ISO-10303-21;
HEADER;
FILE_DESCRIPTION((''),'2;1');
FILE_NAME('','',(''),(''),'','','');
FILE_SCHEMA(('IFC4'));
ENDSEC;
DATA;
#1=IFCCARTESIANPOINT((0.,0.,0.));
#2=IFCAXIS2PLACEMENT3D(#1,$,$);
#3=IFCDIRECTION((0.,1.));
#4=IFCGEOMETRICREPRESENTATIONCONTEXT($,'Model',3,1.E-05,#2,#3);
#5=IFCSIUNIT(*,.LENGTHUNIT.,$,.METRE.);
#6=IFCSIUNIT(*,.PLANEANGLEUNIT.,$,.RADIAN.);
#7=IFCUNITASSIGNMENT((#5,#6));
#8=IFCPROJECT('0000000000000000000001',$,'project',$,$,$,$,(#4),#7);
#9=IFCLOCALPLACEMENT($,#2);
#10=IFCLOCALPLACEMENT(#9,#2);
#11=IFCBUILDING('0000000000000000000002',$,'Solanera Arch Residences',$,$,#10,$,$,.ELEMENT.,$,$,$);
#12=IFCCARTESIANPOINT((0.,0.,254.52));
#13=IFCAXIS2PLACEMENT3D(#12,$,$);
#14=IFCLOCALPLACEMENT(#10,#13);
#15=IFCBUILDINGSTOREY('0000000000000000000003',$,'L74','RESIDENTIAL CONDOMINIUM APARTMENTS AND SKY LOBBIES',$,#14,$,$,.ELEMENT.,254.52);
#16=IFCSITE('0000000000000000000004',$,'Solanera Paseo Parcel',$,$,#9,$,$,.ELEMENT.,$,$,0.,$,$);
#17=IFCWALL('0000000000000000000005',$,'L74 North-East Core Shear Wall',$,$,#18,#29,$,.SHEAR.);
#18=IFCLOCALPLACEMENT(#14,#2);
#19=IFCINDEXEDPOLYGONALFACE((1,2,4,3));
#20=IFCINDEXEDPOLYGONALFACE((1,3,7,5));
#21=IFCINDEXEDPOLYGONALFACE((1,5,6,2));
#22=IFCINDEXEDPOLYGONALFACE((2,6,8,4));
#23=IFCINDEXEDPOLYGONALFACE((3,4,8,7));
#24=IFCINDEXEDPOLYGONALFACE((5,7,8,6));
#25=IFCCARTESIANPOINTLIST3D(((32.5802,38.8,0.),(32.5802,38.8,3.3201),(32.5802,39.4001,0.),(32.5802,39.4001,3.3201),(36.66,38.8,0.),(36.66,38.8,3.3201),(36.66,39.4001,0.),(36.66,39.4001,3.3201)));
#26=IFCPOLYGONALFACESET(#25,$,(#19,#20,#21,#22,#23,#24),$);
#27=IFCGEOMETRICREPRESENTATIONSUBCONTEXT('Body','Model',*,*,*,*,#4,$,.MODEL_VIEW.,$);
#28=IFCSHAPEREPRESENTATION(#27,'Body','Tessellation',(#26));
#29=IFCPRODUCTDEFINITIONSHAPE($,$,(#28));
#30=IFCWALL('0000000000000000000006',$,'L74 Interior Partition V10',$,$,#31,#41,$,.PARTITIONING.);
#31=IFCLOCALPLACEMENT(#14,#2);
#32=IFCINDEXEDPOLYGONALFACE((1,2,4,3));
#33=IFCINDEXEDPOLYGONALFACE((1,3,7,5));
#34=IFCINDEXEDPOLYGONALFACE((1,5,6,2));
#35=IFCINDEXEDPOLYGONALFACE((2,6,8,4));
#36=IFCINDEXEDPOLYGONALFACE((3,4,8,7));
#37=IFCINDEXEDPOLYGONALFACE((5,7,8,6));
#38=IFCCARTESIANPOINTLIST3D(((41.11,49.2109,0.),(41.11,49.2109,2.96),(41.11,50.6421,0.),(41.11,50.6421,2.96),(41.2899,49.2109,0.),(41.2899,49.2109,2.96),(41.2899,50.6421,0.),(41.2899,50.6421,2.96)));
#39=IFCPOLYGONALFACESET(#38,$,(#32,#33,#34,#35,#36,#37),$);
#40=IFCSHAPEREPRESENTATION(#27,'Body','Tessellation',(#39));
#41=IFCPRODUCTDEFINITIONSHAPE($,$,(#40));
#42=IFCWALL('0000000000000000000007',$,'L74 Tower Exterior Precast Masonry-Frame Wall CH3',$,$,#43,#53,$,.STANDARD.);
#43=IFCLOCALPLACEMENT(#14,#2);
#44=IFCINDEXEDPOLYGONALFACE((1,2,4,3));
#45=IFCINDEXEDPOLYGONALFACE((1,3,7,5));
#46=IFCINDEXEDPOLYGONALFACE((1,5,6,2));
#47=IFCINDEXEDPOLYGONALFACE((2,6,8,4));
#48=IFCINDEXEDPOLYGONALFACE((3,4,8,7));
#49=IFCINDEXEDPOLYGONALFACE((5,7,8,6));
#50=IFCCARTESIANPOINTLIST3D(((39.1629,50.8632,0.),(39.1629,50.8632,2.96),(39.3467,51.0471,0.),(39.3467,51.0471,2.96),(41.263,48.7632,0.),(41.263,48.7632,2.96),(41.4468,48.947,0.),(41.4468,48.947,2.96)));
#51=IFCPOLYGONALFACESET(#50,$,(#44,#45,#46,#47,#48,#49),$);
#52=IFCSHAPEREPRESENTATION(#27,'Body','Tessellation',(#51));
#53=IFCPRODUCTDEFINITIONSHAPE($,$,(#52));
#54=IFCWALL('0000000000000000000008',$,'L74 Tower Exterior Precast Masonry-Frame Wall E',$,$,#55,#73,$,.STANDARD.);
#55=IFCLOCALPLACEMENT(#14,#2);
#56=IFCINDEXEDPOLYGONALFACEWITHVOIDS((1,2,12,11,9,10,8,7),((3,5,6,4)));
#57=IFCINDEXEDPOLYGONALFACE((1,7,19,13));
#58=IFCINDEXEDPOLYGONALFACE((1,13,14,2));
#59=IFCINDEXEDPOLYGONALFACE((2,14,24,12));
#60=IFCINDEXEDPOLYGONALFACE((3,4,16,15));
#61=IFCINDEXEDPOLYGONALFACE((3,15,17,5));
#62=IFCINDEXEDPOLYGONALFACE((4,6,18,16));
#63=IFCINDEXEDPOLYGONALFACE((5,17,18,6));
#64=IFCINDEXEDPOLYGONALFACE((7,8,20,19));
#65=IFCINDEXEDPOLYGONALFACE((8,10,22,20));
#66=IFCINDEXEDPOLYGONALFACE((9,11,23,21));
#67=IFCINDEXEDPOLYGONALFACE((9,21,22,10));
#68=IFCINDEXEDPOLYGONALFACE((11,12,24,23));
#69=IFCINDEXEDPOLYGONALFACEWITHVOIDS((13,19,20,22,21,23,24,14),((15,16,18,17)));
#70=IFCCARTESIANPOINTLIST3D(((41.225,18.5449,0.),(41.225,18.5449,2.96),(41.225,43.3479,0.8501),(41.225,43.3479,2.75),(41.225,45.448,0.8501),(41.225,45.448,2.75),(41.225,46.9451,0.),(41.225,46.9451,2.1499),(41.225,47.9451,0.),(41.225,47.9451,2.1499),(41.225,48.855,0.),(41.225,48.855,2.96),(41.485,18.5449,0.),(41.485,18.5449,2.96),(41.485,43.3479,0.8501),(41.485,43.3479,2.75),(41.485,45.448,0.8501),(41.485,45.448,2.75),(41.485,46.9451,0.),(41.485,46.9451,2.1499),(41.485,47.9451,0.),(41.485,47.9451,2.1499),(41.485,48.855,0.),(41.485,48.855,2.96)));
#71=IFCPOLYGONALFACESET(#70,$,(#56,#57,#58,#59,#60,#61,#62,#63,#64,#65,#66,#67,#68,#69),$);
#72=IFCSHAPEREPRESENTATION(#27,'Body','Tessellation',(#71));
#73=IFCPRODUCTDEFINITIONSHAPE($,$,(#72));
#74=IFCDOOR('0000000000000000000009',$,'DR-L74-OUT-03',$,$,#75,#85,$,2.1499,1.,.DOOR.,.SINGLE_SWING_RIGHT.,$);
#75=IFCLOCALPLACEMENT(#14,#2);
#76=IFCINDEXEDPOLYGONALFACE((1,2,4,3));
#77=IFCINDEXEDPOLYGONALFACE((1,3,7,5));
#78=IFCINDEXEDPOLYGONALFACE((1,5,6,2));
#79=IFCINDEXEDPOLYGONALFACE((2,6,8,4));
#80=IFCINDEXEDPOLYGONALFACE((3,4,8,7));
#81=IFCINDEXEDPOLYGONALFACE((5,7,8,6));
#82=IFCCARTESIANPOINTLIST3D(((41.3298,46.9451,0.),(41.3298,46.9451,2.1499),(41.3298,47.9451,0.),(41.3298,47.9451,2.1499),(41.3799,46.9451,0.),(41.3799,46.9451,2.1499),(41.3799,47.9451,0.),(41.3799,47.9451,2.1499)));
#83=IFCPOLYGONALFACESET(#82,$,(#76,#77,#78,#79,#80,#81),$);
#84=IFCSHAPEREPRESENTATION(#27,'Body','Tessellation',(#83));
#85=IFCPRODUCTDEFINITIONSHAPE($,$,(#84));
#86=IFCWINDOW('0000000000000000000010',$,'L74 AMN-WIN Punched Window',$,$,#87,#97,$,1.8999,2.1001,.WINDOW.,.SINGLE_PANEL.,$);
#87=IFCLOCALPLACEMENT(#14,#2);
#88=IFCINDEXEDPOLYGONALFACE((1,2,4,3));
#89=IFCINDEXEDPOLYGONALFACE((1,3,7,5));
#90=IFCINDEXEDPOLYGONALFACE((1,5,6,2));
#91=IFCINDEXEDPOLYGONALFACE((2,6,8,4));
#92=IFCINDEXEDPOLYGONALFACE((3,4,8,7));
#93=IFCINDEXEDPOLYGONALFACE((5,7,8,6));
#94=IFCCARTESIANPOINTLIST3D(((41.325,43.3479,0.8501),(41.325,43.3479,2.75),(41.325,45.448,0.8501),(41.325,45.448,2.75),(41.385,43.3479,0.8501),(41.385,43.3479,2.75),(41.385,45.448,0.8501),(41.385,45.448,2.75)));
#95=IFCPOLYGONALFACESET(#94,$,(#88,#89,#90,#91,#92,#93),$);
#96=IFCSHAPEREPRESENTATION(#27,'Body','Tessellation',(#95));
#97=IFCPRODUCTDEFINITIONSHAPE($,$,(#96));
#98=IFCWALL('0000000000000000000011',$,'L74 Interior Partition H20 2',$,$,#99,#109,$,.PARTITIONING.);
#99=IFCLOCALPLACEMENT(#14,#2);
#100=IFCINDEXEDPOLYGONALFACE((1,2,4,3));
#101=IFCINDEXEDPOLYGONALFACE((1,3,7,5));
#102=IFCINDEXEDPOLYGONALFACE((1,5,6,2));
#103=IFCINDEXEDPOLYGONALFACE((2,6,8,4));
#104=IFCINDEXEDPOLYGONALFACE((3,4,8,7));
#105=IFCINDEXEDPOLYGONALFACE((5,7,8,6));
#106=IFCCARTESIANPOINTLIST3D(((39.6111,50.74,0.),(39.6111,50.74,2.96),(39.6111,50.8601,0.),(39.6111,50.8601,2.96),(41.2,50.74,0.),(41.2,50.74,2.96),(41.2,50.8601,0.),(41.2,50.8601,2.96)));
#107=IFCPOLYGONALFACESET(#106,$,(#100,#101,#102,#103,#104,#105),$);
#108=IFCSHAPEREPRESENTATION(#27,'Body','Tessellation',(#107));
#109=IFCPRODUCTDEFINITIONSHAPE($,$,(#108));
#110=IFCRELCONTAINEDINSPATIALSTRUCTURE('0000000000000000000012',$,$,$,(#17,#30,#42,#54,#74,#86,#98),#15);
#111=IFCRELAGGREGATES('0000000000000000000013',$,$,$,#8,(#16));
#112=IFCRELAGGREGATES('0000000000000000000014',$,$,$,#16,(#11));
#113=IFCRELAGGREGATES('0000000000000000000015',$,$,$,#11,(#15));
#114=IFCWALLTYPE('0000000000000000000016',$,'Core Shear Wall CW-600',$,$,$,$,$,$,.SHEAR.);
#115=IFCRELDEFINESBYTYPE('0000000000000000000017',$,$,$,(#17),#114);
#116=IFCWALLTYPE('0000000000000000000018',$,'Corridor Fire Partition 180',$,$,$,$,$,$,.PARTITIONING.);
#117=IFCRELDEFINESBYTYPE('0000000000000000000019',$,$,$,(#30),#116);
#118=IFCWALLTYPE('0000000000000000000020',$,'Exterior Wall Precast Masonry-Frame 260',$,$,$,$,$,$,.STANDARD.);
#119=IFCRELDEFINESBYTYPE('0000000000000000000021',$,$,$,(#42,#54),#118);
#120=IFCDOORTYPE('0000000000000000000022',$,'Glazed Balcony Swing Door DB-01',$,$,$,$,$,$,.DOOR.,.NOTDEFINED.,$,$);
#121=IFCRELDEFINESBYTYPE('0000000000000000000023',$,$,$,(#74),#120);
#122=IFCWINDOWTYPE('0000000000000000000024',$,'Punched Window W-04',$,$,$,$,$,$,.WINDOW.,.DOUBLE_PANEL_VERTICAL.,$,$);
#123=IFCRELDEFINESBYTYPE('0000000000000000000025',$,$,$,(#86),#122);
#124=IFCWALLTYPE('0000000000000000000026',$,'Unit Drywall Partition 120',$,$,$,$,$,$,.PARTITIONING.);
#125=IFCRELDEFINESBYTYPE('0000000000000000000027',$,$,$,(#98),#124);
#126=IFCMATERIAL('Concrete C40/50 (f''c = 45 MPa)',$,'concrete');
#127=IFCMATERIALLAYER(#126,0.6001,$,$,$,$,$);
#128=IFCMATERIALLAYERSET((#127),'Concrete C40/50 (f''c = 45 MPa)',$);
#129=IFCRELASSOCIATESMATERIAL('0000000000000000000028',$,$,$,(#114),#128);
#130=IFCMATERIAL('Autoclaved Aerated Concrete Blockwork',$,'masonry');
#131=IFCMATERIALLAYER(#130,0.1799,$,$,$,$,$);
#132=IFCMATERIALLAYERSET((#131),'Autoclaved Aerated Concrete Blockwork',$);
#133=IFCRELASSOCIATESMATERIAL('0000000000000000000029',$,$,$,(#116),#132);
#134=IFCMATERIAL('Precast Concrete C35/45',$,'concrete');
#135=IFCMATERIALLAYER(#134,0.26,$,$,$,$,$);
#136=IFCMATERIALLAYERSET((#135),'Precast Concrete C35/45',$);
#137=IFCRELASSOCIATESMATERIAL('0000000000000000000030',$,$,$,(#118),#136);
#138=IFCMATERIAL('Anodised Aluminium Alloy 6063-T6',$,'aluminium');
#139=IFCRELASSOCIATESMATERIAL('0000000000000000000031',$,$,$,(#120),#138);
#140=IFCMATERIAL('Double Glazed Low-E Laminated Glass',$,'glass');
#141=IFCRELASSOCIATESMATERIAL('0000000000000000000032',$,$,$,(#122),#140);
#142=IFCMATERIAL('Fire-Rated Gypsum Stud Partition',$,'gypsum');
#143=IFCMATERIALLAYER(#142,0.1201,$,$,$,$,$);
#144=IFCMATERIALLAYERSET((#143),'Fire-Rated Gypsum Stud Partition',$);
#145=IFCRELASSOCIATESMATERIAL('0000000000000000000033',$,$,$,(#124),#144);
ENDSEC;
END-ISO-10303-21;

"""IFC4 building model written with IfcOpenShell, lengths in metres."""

from ifc_helpers import new_model, si_unit, direction, frame, frame_2d, origin, place, context, subcontext, project, spatial, rectangle, extrude, material, layer, layer_set, type_object, element, fill, save


model = new_model("IFC4")

# Units and contexts
model_context = context("Model", 3, precision=1e-05, world=origin(), true_north=direction((0.0, 1.0)))
body_context = subcontext(model_context, "Body", "Model", "MODEL_VIEW")
ifc_project = project(units=[si_unit("LENGTHUNIT", "METRE"), si_unit("PLANEANGLEUNIT", "RADIAN")], contexts=[model_context])

# Site, building, storey
site_placement = place(None, origin())
site = spatial("IfcSite", under=ifc_project, at=site_placement, Name="Solanera Paseo Parcel", CompositionType="ELEMENT", RefElevation=0.0)
building_placement = place(site_placement, origin())
building = spatial("IfcBuilding", under=site, at=building_placement, Name="Solanera Arch Residences", CompositionType="ELEMENT")
storey_placement = place(building_placement, frame((0.0, 0.0, 254.52)))
storey = spatial("IfcBuildingStorey", under=building, at=storey_placement, Name="L74", Description="RESIDENTIAL CONDOMINIUM APARTMENTS AND SKY LOBBIES", CompositionType="ELEMENT", Elevation=254.52)

# Walls
ifc_material_1 = material(Name="Concrete C40/50 (f'c = 45 MPa)", Category="concrete")
ifc_layer_1 = layer(ifc_material_1, 0.6001)
ifc_layer_set_1 = layer_set([ifc_layer_1], Name="Concrete C40/50 (f'c = 45 MPa)")
wall_type_1 = type_object("IfcWallType", Name="Core Shear Wall CW-600", PredefinedType="SHEAR", material=ifc_layer_set_1)
wall_1_placement = place(storey_placement, frame((32.5801, 39.1001, 0.0), z_axis=(0.0, 0.0, 1.0), x_axis=(1.0, 0.0, 0.0)))
element("IfcWall", 1, at=wall_1_placement, inside=storey, type_object=wall_type_1, Name="L74 North-East Core Shear Wall", PredefinedType="SHEAR", context=body_context, shape_type="SweptSolid", body=[
    extrude(rectangle(XDim=4.0798, YDim=0.6001, at=frame_2d((2.04, 0.0))), origin(), (0.0, 0.0, 1.0), 3.3201),
])
ifc_material_2 = material(Name="Autoclaved Aerated Concrete Blockwork", Category="masonry")
ifc_layer_2 = layer(ifc_material_2, 0.1799)
ifc_layer_set_2 = layer_set([ifc_layer_2], Name="Autoclaved Aerated Concrete Blockwork")
wall_type_2 = type_object("IfcWallType", Name="Corridor Fire Partition 180", PredefinedType="PARTITIONING", material=ifc_layer_set_2)
wall_2_placement = place(storey_placement, frame((41.2, 49.2109, 0.0), z_axis=(0.0, 0.0, 1.0), x_axis=(0.0, 1.0, 0.0)))
element("IfcWall", 2, at=wall_2_placement, inside=storey, type_object=wall_type_2, Name="L74 Interior Partition V10", PredefinedType="PARTITIONING", context=body_context, shape_type="SweptSolid", body=[
    extrude(rectangle(XDim=1.4312, YDim=0.1799, at=frame_2d((0.7156, 0.0))), origin(), (0.0, 0.0, 1.0), 2.96),
])
ifc_material_3 = material(Name="Precast Concrete C35/45", Category="concrete")
ifc_layer_3 = layer(ifc_material_3, 0.26)
ifc_layer_set_3 = layer_set([ifc_layer_3], Name="Precast Concrete C35/45")
wall_type_3 = type_object("IfcWallType", Name="Exterior Wall Precast Masonry-Frame 260", PredefinedType="STANDARD", material=ifc_layer_set_3)
wall_3_placement = place(storey_placement, frame((39.2549, 50.9551, 0.0), z_axis=(0.0, 0.0, 1.0), x_axis=(0.707107, -0.707107, 0.0)))
element("IfcWall", 3, at=wall_3_placement, inside=storey, type_object=wall_type_3, Name="L74 Tower Exterior Precast Masonry-Frame Wall CH3", PredefinedType="STANDARD", context=body_context, shape_type="SweptSolid", body=[
    extrude(rectangle(XDim=2.97, YDim=0.26, at=frame_2d((1.4849, 0.0))), origin(), (0.0, 0.0, 1.0), 2.96),
])

# Wall, openings, door, window
wall_4_placement = place(storey_placement, frame((41.355, 48.855, 0.0), z_axis=(0.0, 0.0, 1.0), x_axis=(0.0, -1.0, 0.0)))
wall_4 = element("IfcWall", 4, at=wall_4_placement, inside=storey, type_object=wall_type_3, Name="L74 Tower Exterior Precast Masonry-Frame Wall E", PredefinedType="STANDARD", context=body_context, shape_type="SweptSolid", body=[
    extrude(rectangle(XDim=30.3101, YDim=0.26, at=frame_2d((15.155, 0.0))), origin(), (0.0, 0.0, 1.0), 2.96),
])
opening_1_placement = place(wall_4_placement, frame((0.9099, 0.0, 0.0)))
opening_1 = element("IfcOpeningElement", 5, at=opening_1_placement, cuts=wall_4, PredefinedType="OPENING", context=body_context, shape_type="SweptSolid", body=[
    extrude(rectangle(XDim=1.0, YDim=2.1499, at=frame_2d((0.5, 1.075))), frame((0.0, 0.1399, 0.0), z_axis=(0.0, -1.0, 0.0), x_axis=(1.0, 0.0, 0.0)), (0.0, 0.0, 1.0), 0.28),
])
opening_2_placement = place(wall_4_placement, frame((3.407, 0.0, 0.8501)))
opening_2 = element("IfcOpeningElement", 6, at=opening_2_placement, cuts=wall_4, PredefinedType="OPENING", context=body_context, shape_type="SweptSolid", body=[
    extrude(rectangle(XDim=2.1001, YDim=1.8999, at=frame_2d((1.05, 0.95))), frame((0.0, 0.1399, 0.0), z_axis=(0.0, -1.0, 0.0), x_axis=(1.0, 0.0, 0.0)), (0.0, 0.0, 1.0), 0.28),
])
ifc_material_4 = material(Name="Anodised Aluminium Alloy 6063-T6", Category="aluminium")
door_type = type_object("IfcDoorType", Name="Glazed Balcony Swing Door DB-01", OperationType="NOTDEFINED", PredefinedType="DOOR", material=ifc_material_4)
door_placement = place(opening_1_placement, origin())
door = element("IfcDoor", 7, at=door_placement, inside=storey, type_object=door_type, Name="DR-L74-OUT-03", OperationType="SINGLE_SWING_RIGHT", OverallHeight=2.1499, OverallWidth=1.0, PredefinedType="DOOR", context=body_context, shape_type="SweptSolid", body=[
    extrude(rectangle(XDim=1.0, YDim=2.1499, at=frame_2d((0.5, 1.075))), frame((0.0, 0.0249, 0.0), z_axis=(0.0, -1.0, 0.0), x_axis=(1.0, 0.0, 0.0)), (0.0, 0.0, 1.0), 0.05),
])
fill(opening_1, door)
ifc_material_5 = material(Name="Double Glazed Low-E Laminated Glass", Category="glass")
window_type = type_object("IfcWindowType", Name="Punched Window W-04", PartitioningType="DOUBLE_PANEL_VERTICAL", PredefinedType="WINDOW", material=ifc_material_5)
window_placement = place(opening_2_placement, origin())
window = element("IfcWindow", 8, at=window_placement, inside=storey, type_object=window_type, Name="L74 AMN-WIN Punched Window", OverallHeight=1.8999, OverallWidth=2.1001, PartitioningType="SINGLE_PANEL", PredefinedType="WINDOW", context=body_context, shape_type="SweptSolid", body=[
    extrude(rectangle(XDim=2.1001, YDim=1.8999, at=frame_2d((1.05, 0.95))), frame((0.0, 0.03, 0.0), z_axis=(0.0, -1.0, 0.0), x_axis=(1.0, 0.0, 0.0)), (0.0, 0.0, 1.0), 0.0601),
])
fill(opening_2, window)

# Wall
ifc_material_6 = material(Name="Fire-Rated Gypsum Stud Partition", Category="gypsum")
ifc_layer_4 = layer(ifc_material_6, 0.1201)
ifc_layer_set_4 = layer_set([ifc_layer_4], Name="Fire-Rated Gypsum Stud Partition")
wall_type_4 = type_object("IfcWallType", Name="Unit Drywall Partition 120", PredefinedType="PARTITIONING", material=ifc_layer_set_4)
wall_5_placement = place(storey_placement, frame((39.6111, 50.8, 0.0), z_axis=(0.0, 0.0, 1.0), x_axis=(1.0, 0.0, 0.0)))
element("IfcWall", 9, at=wall_5_placement, inside=storey, type_object=wall_type_4, Name="L74 Interior Partition H20 2", PredefinedType="PARTITIONING", context=body_context, shape_type="SweptSolid", body=[
    extrude(rectangle(XDim=1.5889, YDim=0.1201, at=frame_2d((0.7944, 0.0))), origin(), (0.0, 0.0, 1.0), 2.96),
])

save(model, "model.ifc")
